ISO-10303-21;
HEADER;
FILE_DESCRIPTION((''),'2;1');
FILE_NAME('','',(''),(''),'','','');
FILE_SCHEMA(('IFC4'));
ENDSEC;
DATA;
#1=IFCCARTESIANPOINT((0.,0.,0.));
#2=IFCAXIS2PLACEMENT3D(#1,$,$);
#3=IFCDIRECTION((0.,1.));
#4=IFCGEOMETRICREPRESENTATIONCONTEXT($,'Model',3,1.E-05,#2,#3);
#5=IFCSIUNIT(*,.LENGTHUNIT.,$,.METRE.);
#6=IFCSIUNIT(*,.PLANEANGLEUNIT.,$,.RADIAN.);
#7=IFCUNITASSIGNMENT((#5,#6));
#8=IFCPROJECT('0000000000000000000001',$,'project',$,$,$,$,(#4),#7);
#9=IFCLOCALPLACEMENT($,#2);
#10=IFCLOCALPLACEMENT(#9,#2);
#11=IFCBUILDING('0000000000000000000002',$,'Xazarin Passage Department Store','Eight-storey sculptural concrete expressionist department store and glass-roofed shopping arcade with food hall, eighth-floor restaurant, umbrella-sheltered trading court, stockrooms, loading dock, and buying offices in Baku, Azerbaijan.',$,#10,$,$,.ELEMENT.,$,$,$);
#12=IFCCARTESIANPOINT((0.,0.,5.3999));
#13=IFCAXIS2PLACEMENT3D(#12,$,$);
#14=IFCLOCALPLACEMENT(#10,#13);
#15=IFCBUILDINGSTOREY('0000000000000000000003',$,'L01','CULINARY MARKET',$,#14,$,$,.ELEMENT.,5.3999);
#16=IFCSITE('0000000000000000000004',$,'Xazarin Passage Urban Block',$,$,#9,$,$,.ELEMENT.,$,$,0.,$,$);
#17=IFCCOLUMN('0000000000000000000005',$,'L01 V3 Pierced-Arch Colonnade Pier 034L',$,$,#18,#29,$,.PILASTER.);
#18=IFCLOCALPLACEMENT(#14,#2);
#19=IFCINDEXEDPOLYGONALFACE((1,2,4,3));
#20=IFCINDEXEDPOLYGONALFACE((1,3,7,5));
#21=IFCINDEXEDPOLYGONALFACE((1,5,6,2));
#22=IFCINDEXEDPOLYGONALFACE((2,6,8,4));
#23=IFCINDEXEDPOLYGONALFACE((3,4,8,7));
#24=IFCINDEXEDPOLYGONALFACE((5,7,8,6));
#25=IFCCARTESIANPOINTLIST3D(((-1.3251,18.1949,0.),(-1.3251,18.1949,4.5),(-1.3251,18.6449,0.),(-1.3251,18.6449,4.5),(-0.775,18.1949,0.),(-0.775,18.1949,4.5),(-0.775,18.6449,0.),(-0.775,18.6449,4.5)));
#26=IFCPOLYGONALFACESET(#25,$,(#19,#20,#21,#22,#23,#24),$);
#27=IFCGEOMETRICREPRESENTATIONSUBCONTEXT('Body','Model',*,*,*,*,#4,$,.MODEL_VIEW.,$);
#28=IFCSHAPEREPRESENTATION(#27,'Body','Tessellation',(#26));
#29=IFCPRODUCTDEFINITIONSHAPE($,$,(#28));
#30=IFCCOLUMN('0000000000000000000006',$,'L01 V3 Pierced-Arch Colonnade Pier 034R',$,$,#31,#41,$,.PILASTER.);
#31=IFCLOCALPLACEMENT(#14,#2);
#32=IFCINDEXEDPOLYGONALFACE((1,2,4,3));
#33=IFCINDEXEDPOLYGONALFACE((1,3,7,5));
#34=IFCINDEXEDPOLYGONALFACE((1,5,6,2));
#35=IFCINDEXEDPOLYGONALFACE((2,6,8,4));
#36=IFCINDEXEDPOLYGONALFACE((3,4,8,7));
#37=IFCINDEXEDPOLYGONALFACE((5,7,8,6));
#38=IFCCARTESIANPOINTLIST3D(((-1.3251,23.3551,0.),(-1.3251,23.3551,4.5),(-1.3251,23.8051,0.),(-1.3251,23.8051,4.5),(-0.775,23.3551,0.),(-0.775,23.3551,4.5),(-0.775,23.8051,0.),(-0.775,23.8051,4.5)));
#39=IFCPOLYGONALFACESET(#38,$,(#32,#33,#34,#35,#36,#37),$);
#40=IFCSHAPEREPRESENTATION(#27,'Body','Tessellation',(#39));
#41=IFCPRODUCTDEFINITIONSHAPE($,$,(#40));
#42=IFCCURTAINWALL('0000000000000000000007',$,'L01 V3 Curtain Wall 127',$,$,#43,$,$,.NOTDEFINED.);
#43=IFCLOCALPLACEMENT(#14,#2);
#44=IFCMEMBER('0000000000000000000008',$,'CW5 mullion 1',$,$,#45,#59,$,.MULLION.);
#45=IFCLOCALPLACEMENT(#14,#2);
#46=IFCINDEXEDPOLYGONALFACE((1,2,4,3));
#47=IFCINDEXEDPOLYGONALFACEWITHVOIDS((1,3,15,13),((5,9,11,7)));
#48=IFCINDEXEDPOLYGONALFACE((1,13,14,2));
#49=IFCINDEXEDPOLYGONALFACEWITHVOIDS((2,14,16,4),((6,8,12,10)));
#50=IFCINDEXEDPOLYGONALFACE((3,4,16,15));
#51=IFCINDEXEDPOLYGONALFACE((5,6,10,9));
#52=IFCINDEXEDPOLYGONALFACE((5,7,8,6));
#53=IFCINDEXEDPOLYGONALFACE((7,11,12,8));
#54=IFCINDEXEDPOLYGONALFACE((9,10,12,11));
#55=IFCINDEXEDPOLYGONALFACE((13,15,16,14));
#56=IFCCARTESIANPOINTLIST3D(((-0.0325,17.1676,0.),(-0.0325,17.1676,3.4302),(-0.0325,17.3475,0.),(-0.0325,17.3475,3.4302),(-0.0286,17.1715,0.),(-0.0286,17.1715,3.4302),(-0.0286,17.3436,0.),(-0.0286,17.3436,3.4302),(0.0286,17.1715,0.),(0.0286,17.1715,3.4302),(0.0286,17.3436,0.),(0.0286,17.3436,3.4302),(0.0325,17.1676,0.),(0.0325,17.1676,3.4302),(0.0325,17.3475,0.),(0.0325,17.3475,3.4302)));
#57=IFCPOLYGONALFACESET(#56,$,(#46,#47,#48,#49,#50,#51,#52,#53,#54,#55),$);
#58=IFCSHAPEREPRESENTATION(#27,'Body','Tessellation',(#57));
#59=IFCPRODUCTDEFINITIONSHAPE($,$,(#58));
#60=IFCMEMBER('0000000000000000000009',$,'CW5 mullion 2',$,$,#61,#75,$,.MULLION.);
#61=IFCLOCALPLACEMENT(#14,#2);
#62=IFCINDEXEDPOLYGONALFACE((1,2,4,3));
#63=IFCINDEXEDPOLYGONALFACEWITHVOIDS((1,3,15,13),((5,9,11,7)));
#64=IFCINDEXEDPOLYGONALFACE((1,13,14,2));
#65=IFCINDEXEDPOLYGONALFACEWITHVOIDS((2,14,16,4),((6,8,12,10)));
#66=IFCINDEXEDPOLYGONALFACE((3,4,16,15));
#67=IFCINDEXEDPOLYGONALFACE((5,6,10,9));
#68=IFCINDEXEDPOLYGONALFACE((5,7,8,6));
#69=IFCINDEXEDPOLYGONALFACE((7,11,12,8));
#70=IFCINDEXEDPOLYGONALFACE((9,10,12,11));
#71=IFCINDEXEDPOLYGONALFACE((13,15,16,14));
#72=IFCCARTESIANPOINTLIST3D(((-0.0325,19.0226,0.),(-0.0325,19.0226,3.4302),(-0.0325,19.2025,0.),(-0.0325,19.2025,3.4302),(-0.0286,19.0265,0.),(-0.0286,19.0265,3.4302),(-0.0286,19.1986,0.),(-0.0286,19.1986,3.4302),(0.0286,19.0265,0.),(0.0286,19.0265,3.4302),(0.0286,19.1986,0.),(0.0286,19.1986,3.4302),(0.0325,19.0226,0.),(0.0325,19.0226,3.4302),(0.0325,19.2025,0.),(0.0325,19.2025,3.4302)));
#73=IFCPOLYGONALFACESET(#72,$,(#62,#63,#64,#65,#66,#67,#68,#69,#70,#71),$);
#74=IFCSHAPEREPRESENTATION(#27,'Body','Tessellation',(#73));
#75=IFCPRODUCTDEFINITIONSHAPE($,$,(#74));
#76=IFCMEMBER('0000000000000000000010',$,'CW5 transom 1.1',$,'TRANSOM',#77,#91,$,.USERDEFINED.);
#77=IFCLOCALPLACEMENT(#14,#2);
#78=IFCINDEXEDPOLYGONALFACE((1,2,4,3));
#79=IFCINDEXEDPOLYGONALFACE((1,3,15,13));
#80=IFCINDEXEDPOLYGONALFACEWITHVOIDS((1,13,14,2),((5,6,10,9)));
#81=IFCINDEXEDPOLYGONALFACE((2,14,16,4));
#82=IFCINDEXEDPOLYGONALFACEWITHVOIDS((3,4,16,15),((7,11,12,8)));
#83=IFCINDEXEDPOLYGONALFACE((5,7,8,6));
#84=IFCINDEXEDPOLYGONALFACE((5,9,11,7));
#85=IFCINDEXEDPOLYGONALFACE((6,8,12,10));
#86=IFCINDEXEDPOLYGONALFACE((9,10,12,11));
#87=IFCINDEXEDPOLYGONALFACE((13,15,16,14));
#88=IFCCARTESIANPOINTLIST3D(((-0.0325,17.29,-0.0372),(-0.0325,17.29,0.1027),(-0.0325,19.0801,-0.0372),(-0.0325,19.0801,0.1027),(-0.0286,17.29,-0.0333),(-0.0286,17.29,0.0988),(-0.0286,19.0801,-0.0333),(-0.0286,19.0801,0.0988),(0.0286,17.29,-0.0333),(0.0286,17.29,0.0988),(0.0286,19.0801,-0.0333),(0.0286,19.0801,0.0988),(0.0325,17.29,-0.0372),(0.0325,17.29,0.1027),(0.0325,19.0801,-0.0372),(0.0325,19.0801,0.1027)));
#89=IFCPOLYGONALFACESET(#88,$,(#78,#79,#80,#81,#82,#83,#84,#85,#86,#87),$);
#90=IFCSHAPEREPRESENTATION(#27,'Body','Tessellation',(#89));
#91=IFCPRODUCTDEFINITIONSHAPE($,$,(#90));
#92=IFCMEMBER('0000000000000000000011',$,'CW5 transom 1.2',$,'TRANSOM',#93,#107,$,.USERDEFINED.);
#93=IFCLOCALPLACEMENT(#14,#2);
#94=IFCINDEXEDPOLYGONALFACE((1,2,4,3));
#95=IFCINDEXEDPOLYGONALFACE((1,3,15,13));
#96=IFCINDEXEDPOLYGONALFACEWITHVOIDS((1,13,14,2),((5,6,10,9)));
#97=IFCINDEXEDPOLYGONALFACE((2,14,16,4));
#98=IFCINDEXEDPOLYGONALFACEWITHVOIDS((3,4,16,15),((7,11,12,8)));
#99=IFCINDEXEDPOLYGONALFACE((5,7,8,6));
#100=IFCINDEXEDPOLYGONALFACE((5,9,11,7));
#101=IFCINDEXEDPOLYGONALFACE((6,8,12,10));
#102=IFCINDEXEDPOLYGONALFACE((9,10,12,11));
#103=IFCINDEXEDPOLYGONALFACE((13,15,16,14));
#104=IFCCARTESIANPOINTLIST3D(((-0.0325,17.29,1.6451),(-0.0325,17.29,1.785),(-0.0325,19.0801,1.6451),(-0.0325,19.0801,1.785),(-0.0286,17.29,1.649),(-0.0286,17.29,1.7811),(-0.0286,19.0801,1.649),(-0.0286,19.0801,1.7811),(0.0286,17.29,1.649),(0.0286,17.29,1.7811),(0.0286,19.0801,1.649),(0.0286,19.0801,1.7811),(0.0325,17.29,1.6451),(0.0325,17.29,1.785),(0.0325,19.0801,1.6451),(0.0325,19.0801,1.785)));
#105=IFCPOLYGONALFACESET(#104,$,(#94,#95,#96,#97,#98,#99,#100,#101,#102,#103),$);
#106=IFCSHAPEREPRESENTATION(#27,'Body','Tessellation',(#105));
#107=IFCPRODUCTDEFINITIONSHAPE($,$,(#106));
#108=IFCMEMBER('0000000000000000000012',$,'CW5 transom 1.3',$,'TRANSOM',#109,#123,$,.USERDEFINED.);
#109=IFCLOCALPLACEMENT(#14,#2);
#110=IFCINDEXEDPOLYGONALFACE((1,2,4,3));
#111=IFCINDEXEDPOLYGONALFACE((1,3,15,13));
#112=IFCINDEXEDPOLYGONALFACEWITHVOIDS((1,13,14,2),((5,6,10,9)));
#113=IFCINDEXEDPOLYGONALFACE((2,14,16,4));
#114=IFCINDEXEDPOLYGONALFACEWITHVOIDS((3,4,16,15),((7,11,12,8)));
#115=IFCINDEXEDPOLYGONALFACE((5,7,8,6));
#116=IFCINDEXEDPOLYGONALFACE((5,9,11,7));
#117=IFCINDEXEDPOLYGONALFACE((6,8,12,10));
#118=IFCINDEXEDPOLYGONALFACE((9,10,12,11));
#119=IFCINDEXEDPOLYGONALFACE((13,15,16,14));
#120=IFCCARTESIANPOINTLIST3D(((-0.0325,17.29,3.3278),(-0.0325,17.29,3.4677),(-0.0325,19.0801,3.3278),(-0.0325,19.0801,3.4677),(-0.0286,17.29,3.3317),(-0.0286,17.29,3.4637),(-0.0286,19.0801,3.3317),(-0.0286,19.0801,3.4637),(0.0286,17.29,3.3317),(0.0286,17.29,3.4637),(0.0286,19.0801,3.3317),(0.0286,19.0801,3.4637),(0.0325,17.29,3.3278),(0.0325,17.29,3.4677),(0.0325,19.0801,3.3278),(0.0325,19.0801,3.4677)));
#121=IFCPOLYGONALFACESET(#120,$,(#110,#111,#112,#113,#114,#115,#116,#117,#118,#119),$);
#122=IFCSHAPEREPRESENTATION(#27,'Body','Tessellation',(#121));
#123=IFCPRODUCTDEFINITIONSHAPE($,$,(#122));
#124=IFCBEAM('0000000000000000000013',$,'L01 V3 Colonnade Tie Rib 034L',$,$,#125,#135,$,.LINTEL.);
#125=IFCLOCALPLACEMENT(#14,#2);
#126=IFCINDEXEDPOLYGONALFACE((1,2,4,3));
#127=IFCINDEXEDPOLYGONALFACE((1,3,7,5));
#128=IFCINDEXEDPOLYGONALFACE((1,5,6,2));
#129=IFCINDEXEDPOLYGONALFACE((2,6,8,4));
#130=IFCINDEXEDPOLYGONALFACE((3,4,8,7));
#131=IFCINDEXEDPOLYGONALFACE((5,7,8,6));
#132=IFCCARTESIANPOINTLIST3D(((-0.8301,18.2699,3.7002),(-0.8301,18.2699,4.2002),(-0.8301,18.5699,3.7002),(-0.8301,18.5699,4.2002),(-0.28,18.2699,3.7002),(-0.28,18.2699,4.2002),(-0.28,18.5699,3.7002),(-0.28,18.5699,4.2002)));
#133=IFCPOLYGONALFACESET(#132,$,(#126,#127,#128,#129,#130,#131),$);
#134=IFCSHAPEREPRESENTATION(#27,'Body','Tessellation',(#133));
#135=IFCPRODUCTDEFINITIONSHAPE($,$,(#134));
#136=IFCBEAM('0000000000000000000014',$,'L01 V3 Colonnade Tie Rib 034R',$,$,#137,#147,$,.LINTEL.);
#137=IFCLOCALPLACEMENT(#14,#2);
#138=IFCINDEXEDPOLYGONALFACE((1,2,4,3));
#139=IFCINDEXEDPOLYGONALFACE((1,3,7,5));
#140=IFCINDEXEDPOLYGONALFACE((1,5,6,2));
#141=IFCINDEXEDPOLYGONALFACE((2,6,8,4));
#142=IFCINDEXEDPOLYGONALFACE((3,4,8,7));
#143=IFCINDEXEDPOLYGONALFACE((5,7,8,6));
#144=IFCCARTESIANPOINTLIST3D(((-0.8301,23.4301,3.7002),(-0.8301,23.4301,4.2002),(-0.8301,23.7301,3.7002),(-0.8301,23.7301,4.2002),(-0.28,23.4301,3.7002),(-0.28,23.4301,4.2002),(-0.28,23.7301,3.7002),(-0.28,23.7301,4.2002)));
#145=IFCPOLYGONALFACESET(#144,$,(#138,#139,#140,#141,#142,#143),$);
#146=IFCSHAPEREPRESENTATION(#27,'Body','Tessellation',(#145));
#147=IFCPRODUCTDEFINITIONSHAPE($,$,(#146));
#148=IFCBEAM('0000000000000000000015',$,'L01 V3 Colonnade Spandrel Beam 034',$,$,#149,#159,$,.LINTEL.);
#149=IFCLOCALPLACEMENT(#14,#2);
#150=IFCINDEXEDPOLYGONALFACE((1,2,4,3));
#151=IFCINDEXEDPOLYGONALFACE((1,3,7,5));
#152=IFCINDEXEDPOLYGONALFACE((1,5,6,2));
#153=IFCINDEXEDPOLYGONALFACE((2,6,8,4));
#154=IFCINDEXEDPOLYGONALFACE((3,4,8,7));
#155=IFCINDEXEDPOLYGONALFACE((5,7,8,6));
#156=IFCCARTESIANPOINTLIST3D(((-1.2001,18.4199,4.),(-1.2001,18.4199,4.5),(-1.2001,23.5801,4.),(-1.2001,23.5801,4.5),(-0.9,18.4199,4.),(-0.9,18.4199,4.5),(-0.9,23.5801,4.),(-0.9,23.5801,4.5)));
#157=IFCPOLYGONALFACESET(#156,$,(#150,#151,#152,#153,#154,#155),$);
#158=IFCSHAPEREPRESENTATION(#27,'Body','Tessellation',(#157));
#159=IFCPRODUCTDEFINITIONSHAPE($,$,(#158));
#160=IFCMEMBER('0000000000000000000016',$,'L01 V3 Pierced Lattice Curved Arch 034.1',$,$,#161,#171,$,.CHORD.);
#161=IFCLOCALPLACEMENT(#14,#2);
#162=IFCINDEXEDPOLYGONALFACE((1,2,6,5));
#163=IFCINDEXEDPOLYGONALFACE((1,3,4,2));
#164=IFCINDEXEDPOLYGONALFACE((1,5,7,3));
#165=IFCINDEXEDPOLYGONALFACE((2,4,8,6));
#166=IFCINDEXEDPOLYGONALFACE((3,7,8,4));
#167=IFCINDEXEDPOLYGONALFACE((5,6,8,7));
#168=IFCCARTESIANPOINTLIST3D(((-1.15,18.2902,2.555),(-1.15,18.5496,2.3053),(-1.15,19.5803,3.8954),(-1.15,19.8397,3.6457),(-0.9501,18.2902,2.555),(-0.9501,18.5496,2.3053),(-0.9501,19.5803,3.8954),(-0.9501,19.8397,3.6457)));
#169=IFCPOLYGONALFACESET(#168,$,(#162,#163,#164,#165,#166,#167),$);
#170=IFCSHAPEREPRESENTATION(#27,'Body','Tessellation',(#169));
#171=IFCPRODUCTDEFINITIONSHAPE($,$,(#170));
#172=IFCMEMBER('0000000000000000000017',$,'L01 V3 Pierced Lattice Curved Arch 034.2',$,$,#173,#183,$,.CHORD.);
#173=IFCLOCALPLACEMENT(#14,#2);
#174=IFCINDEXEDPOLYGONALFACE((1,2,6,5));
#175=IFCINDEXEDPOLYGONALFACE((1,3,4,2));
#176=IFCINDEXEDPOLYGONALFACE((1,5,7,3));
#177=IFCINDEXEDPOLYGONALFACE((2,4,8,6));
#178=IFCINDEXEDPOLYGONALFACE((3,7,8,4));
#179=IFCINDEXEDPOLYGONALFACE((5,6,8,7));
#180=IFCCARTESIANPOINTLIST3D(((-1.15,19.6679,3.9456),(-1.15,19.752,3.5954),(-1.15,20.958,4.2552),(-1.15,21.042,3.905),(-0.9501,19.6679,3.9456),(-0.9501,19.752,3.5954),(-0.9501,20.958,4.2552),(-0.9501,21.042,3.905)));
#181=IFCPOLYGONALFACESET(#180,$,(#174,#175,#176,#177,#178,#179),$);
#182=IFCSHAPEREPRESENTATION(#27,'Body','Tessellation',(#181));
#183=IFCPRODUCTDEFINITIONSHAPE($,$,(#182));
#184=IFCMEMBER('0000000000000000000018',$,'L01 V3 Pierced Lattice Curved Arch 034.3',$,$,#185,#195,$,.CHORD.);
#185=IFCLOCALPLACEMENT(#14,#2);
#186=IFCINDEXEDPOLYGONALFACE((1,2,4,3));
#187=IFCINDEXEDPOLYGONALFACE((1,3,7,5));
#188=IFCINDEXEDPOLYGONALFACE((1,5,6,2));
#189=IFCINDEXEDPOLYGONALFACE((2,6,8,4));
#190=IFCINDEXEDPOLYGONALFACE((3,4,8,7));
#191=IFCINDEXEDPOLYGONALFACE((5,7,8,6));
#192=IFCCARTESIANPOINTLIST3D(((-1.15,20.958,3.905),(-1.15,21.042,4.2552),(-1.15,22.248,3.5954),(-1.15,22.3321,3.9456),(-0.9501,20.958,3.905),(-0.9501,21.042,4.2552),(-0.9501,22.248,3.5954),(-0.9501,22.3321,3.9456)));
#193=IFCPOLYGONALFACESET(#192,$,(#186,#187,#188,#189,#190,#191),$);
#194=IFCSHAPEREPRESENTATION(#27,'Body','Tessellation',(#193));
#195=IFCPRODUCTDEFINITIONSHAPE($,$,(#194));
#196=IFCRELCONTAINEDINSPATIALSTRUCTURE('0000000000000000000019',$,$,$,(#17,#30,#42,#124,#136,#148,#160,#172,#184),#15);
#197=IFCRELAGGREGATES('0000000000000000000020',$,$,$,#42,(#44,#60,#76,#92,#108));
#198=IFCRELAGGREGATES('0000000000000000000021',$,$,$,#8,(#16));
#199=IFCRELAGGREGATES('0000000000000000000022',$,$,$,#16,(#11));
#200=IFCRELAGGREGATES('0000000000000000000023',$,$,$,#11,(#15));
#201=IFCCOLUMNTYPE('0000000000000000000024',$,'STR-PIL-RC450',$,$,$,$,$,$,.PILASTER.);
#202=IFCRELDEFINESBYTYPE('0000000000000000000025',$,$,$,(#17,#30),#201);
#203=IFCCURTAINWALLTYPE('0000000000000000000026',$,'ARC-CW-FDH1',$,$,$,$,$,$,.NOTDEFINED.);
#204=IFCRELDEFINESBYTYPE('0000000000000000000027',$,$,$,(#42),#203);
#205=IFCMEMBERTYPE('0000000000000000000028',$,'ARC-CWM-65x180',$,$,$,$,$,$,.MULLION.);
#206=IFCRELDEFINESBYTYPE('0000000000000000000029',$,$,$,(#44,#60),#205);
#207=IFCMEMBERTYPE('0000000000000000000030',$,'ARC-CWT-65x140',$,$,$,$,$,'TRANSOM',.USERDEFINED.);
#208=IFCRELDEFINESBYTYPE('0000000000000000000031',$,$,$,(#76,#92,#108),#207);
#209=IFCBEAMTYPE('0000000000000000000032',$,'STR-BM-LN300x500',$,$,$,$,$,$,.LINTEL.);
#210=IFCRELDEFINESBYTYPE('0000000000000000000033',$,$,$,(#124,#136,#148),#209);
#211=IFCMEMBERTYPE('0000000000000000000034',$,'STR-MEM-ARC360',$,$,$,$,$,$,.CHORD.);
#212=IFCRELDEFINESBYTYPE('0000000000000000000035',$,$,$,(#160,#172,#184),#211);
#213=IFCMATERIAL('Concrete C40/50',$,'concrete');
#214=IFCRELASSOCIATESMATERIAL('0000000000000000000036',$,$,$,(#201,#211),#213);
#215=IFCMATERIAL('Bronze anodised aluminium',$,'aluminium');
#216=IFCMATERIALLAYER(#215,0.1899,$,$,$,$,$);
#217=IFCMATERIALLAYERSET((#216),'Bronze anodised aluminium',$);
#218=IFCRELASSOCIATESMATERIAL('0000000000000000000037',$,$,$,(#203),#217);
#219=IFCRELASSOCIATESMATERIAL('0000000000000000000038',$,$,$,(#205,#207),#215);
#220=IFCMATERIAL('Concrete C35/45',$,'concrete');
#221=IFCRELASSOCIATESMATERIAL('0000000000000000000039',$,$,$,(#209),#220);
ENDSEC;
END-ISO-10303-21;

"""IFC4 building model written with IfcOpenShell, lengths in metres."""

from ifc_helpers import new_model, si_unit, direction, frame, origin, origin_2d, place, context, subcontext, project, spatial, rectangle, hollow_rectangle, extrude, material, layer, layer_set, material_profile, profile_set, type_object, element, aggregate, save


model = new_model("IFC4")

# Units and contexts
model_context = context("Model", 3, precision=1e-05, world=origin(), true_north=direction((0.0, 1.0)))
body_context = subcontext(model_context, "Body", "Model", "MODEL_VIEW")
ifc_project = project(units=[si_unit("LENGTHUNIT", "METRE"), si_unit("PLANEANGLEUNIT", "RADIAN")], contexts=[model_context])

# Site, building, storey
site_placement = place(None, origin())
site = spatial("IfcSite", under=ifc_project, at=site_placement, Name="Xazarin Passage Urban Block", CompositionType="ELEMENT", RefElevation=0.0)
building_placement = place(site_placement, origin())
building = spatial("IfcBuilding", under=site, at=building_placement, Name="Xazarin Passage Department Store", Description="Eight-storey sculptural concrete expressionist department store and glass-roofed shopping arcade with food hall, eighth-floor restaurant, umbrella-sheltered trading court, stockrooms, loading dock, and buying offices in Baku, Azerbaijan.", CompositionType="ELEMENT")
storey_placement = place(building_placement, frame((0.0, 0.0, 5.3999)))
storey = spatial("IfcBuildingStorey", under=building, at=storey_placement, Name="L01", Description="CULINARY MARKET", CompositionType="ELEMENT", Elevation=5.3999)

# Columns
ifc_material_1 = material(Name="Concrete C40/50", Category="concrete")
ifc_material_profile_1 = material_profile(ifc_material_1, rectangle(XDim=0.45, YDim=0.55, at=origin_2d()), Name="RC 450x550")
ifc_profile_set_1 = profile_set([ifc_material_profile_1], Name="Concrete C40/50")
column_type = type_object("IfcColumnType", Name="STR-PIL-RC450", PredefinedType="PILASTER", material=ifc_profile_set_1)
for number, where, z_axis, x_axis, name in (
    (1, (-1.05, 18.4199, 0.0), (0.0, 0.0, 1.0), (0.0, 1.0, 0.0), "L01 V3 Pierced-Arch Colonnade Pier 034L"),
    (2, (-1.05, 23.5801, 0.0), (0.0, 0.0, 1.0), (0.0, 1.0, 0.0), "L01 V3 Pierced-Arch Colonnade Pier 034R"),
):
    element("IfcColumn", number, at=place(storey_placement, frame(where, z_axis=z_axis, x_axis=x_axis)), inside=storey, type_object=column_type, Name=name, PredefinedType="PILASTER", context=body_context, shape_type="SweptSolid", body=[
        extrude(rectangle(XDim=0.45, YDim=0.55, at=origin_2d()), origin(), (0.0, 0.0, 1.0), 4.5),
    ])

# Curtain wall, members
ifc_material_2 = material(Name="Bronze anodised aluminium", Category="aluminium")
ifc_layer_1 = layer(ifc_material_2, 0.1899)
ifc_layer_set_1 = layer_set([ifc_layer_1], Name="Bronze anodised aluminium")
curtain_wall_type = type_object("IfcCurtainWallType", Name="ARC-CW-FDH1", PredefinedType="NOTDEFINED", material=ifc_layer_set_1)
curtain_wall_placement = place(storey_placement, origin())
curtain_wall = element("IfcCurtainWall", 3, at=curtain_wall_placement, inside=storey, type_object=curtain_wall_type, Name="L01 V3 Curtain Wall 127", PredefinedType="NOTDEFINED")
ifc_material_profile_2 = material_profile(ifc_material_2, hollow_rectangle(XDim=0.0649, YDim=0.1799, WallThickness=0.0039, at=origin_2d()), Name="ALU 65x180")
ifc_profile_set_2 = profile_set([ifc_material_profile_2], Name="Bronze anodised aluminium")
member_type_1 = type_object("IfcMemberType", Name="ARC-CWM-65x180", PredefinedType="MULLION", material=ifc_profile_set_2)
member_1_placement = place(storey_placement, frame((0.0, 17.2576, 0.0), z_axis=(0.0, 0.0, 1.0), x_axis=(-1.0, 0.0, 0.0)))
member_1 = element("IfcMember", 4, at=member_1_placement, type_object=member_type_1, Name="CW5 mullion 1", PredefinedType="MULLION", context=body_context, shape_type="SweptSolid", body=[
    extrude(hollow_rectangle(XDim=0.0649, YDim=0.1799, WallThickness=0.0039, at=origin_2d()), origin(), (0.0, 0.0, 1.0), 3.4302),
])
member_2_placement = place(storey_placement, frame((0.0, 19.1125, 0.0), z_axis=(0.0, 0.0, 1.0), x_axis=(-1.0, 0.0, 0.0)))
member_2 = element("IfcMember", 5, at=member_2_placement, type_object=member_type_1, Name="CW5 mullion 2", PredefinedType="MULLION", context=body_context, shape_type="SweptSolid", body=[
    extrude(hollow_rectangle(XDim=0.0649, YDim=0.1799, WallThickness=0.0039, at=origin_2d()), origin(), (0.0, 0.0, 1.0), 3.4302),
])
ifc_material_profile_3 = material_profile(ifc_material_2, hollow_rectangle(XDim=0.0649, YDim=0.1399, WallThickness=0.0039, at=origin_2d()), Name="ALU 65x140")
ifc_profile_set_3 = profile_set([ifc_material_profile_3], Name="Bronze anodised aluminium")
member_type_2 = type_object("IfcMemberType", Name="ARC-CWT-65x140", ElementType="TRANSOM", PredefinedType="USERDEFINED", material=ifc_profile_set_3)
member_3_placement = place(storey_placement, frame((0.0, 17.29, 0.0327), z_axis=(0.0, 1.0, 0.0), x_axis=(-1.0, 0.0, 0.0)))
member_3 = element("IfcMember", 6, at=member_3_placement, type_object=member_type_2, Name="CW5 transom 1.1", ObjectType="TRANSOM", PredefinedType="USERDEFINED", context=body_context, shape_type="SweptSolid", body=[
    extrude(hollow_rectangle(XDim=0.0649, YDim=0.1399, WallThickness=0.0039, at=origin_2d()), origin(), (0.0, 0.0, 1.0), 1.79),
])
member_4_placement = place(storey_placement, frame((0.0, 17.29, 1.7151), z_axis=(0.0, 1.0, 0.0), x_axis=(-1.0, 0.0, 0.0)))
member_4 = element("IfcMember", 7, at=member_4_placement, type_object=member_type_2, Name="CW5 transom 1.2", ObjectType="TRANSOM", PredefinedType="USERDEFINED", context=body_context, shape_type="SweptSolid", body=[
    extrude(hollow_rectangle(XDim=0.0649, YDim=0.1399, WallThickness=0.0039, at=origin_2d()), origin(), (0.0, 0.0, 1.0), 1.79),
])
member_5_placement = place(storey_placement, frame((0.0, 17.29, 3.3977), z_axis=(0.0, 1.0, 0.0), x_axis=(-1.0, 0.0, 0.0)))
member_5 = element("IfcMember", 8, at=member_5_placement, type_object=member_type_2, Name="CW5 transom 1.3", ObjectType="TRANSOM", PredefinedType="USERDEFINED", context=body_context, shape_type="SweptSolid", body=[
    extrude(hollow_rectangle(XDim=0.0649, YDim=0.1399, WallThickness=0.0039, at=origin_2d()), origin(), (0.0, 0.0, 1.0), 1.79),
])

# Beams
ifc_material_3 = material(Name="Concrete C35/45", Category="concrete")
ifc_material_profile_4 = material_profile(ifc_material_3, rectangle(XDim=0.3, YDim=0.5, at=origin_2d()), Name="RC 300x500")
ifc_profile_set_4 = profile_set([ifc_material_profile_4], Name="Concrete C35/45")
beam_type = type_object("IfcBeamType", Name="STR-BM-LN300x500", PredefinedType="LINTEL", material=ifc_profile_set_4)
for number, where, z_axis, x_axis, name in (
    (9, (-0.28, 18.4199, 3.9502), (-1.0, 0.0, 0.0), (0.0, -1.0, 0.0), "L01 V3 Colonnade Tie Rib 034L"),
    (10, (-0.28, 23.5801, 3.9502), (-1.0, 0.0, 0.0), (0.0, -1.0, 0.0), "L01 V3 Colonnade Tie Rib 034R"),
):
    element("IfcBeam", number, at=place(storey_placement, frame(where, z_axis=z_axis, x_axis=x_axis)), inside=storey, type_object=beam_type, Name=name, PredefinedType="LINTEL", context=body_context, shape_type="SweptSolid", body=[
        extrude(rectangle(XDim=0.3, YDim=0.5, at=origin_2d()), origin(), (0.0, 0.0, 1.0), 0.55),
    ])
beam_placement = place(storey_placement, frame((-1.05, 18.4199, 4.25), z_axis=(0.0, 1.0, 0.0), x_axis=(-1.0, 0.0, 0.0)))
element("IfcBeam", 11, at=beam_placement, inside=storey, type_object=beam_type, Name="L01 V3 Colonnade Spandrel Beam 034", PredefinedType="LINTEL", context=body_context, shape_type="SweptSolid", body=[
    extrude(rectangle(XDim=0.3, YDim=0.5, at=origin_2d()), origin(), (0.0, 0.0, 1.0), 5.1602),
])

# Members
ifc_material_profile_5 = material_profile(ifc_material_1, rectangle(XDim=0.2, YDim=0.3601, at=origin_2d()), Name="RC 200x360")
ifc_profile_set_5 = profile_set([ifc_material_profile_5], Name="Concrete C40/50")
member_type_3 = type_object("IfcMemberType", Name="STR-MEM-ARC360", PredefinedType="CHORD", material=ifc_profile_set_5)
member_6_placement = place(storey_placement, frame((-1.05, 18.4199, 2.4302), z_axis=(0.0, 0.69346, 0.720495), x_axis=(-1.0, 0.0, 0.0)))
element("IfcMember", 12, at=member_6_placement, inside=storey, type_object=member_type_3, Name="L01 V3 Pierced Lattice Curved Arch 034.1", PredefinedType="CHORD", context=body_context, shape_type="SweptSolid", body=[
    extrude(rectangle(XDim=0.2, YDim=0.3601, at=origin_2d()), origin(), (0.0, 0.0, 1.0), 1.8604),
])
for number, where, z_axis, x_axis, name in (
    (13, (-1.05, 19.71, 3.7705), (0.0, 0.972394, 0.233345), (-1.0, 0.0, 0.0), "L01 V3 Pierced Lattice Curved Arch 034.2"),
    (14, (-1.05, 21.0, 4.0801), (0.0, 0.972394, -0.233345), (-1.0, 0.0, 0.0), "L01 V3 Pierced Lattice Curved Arch 034.3"),
):
    element("IfcMember", number, at=place(storey_placement, frame(where, z_axis=z_axis, x_axis=x_axis)), inside=storey, type_object=member_type_3, Name=name, PredefinedType="CHORD", context=body_context, shape_type="SweptSolid", body=[
        extrude(rectangle(XDim=0.2, YDim=0.3601, at=origin_2d()), origin(), (0.0, 0.0, 1.0), 1.3267),
    ])

aggregate(curtain_wall, [member_1, member_2, member_3, member_4, member_5])

save(model, "model.ifc")
